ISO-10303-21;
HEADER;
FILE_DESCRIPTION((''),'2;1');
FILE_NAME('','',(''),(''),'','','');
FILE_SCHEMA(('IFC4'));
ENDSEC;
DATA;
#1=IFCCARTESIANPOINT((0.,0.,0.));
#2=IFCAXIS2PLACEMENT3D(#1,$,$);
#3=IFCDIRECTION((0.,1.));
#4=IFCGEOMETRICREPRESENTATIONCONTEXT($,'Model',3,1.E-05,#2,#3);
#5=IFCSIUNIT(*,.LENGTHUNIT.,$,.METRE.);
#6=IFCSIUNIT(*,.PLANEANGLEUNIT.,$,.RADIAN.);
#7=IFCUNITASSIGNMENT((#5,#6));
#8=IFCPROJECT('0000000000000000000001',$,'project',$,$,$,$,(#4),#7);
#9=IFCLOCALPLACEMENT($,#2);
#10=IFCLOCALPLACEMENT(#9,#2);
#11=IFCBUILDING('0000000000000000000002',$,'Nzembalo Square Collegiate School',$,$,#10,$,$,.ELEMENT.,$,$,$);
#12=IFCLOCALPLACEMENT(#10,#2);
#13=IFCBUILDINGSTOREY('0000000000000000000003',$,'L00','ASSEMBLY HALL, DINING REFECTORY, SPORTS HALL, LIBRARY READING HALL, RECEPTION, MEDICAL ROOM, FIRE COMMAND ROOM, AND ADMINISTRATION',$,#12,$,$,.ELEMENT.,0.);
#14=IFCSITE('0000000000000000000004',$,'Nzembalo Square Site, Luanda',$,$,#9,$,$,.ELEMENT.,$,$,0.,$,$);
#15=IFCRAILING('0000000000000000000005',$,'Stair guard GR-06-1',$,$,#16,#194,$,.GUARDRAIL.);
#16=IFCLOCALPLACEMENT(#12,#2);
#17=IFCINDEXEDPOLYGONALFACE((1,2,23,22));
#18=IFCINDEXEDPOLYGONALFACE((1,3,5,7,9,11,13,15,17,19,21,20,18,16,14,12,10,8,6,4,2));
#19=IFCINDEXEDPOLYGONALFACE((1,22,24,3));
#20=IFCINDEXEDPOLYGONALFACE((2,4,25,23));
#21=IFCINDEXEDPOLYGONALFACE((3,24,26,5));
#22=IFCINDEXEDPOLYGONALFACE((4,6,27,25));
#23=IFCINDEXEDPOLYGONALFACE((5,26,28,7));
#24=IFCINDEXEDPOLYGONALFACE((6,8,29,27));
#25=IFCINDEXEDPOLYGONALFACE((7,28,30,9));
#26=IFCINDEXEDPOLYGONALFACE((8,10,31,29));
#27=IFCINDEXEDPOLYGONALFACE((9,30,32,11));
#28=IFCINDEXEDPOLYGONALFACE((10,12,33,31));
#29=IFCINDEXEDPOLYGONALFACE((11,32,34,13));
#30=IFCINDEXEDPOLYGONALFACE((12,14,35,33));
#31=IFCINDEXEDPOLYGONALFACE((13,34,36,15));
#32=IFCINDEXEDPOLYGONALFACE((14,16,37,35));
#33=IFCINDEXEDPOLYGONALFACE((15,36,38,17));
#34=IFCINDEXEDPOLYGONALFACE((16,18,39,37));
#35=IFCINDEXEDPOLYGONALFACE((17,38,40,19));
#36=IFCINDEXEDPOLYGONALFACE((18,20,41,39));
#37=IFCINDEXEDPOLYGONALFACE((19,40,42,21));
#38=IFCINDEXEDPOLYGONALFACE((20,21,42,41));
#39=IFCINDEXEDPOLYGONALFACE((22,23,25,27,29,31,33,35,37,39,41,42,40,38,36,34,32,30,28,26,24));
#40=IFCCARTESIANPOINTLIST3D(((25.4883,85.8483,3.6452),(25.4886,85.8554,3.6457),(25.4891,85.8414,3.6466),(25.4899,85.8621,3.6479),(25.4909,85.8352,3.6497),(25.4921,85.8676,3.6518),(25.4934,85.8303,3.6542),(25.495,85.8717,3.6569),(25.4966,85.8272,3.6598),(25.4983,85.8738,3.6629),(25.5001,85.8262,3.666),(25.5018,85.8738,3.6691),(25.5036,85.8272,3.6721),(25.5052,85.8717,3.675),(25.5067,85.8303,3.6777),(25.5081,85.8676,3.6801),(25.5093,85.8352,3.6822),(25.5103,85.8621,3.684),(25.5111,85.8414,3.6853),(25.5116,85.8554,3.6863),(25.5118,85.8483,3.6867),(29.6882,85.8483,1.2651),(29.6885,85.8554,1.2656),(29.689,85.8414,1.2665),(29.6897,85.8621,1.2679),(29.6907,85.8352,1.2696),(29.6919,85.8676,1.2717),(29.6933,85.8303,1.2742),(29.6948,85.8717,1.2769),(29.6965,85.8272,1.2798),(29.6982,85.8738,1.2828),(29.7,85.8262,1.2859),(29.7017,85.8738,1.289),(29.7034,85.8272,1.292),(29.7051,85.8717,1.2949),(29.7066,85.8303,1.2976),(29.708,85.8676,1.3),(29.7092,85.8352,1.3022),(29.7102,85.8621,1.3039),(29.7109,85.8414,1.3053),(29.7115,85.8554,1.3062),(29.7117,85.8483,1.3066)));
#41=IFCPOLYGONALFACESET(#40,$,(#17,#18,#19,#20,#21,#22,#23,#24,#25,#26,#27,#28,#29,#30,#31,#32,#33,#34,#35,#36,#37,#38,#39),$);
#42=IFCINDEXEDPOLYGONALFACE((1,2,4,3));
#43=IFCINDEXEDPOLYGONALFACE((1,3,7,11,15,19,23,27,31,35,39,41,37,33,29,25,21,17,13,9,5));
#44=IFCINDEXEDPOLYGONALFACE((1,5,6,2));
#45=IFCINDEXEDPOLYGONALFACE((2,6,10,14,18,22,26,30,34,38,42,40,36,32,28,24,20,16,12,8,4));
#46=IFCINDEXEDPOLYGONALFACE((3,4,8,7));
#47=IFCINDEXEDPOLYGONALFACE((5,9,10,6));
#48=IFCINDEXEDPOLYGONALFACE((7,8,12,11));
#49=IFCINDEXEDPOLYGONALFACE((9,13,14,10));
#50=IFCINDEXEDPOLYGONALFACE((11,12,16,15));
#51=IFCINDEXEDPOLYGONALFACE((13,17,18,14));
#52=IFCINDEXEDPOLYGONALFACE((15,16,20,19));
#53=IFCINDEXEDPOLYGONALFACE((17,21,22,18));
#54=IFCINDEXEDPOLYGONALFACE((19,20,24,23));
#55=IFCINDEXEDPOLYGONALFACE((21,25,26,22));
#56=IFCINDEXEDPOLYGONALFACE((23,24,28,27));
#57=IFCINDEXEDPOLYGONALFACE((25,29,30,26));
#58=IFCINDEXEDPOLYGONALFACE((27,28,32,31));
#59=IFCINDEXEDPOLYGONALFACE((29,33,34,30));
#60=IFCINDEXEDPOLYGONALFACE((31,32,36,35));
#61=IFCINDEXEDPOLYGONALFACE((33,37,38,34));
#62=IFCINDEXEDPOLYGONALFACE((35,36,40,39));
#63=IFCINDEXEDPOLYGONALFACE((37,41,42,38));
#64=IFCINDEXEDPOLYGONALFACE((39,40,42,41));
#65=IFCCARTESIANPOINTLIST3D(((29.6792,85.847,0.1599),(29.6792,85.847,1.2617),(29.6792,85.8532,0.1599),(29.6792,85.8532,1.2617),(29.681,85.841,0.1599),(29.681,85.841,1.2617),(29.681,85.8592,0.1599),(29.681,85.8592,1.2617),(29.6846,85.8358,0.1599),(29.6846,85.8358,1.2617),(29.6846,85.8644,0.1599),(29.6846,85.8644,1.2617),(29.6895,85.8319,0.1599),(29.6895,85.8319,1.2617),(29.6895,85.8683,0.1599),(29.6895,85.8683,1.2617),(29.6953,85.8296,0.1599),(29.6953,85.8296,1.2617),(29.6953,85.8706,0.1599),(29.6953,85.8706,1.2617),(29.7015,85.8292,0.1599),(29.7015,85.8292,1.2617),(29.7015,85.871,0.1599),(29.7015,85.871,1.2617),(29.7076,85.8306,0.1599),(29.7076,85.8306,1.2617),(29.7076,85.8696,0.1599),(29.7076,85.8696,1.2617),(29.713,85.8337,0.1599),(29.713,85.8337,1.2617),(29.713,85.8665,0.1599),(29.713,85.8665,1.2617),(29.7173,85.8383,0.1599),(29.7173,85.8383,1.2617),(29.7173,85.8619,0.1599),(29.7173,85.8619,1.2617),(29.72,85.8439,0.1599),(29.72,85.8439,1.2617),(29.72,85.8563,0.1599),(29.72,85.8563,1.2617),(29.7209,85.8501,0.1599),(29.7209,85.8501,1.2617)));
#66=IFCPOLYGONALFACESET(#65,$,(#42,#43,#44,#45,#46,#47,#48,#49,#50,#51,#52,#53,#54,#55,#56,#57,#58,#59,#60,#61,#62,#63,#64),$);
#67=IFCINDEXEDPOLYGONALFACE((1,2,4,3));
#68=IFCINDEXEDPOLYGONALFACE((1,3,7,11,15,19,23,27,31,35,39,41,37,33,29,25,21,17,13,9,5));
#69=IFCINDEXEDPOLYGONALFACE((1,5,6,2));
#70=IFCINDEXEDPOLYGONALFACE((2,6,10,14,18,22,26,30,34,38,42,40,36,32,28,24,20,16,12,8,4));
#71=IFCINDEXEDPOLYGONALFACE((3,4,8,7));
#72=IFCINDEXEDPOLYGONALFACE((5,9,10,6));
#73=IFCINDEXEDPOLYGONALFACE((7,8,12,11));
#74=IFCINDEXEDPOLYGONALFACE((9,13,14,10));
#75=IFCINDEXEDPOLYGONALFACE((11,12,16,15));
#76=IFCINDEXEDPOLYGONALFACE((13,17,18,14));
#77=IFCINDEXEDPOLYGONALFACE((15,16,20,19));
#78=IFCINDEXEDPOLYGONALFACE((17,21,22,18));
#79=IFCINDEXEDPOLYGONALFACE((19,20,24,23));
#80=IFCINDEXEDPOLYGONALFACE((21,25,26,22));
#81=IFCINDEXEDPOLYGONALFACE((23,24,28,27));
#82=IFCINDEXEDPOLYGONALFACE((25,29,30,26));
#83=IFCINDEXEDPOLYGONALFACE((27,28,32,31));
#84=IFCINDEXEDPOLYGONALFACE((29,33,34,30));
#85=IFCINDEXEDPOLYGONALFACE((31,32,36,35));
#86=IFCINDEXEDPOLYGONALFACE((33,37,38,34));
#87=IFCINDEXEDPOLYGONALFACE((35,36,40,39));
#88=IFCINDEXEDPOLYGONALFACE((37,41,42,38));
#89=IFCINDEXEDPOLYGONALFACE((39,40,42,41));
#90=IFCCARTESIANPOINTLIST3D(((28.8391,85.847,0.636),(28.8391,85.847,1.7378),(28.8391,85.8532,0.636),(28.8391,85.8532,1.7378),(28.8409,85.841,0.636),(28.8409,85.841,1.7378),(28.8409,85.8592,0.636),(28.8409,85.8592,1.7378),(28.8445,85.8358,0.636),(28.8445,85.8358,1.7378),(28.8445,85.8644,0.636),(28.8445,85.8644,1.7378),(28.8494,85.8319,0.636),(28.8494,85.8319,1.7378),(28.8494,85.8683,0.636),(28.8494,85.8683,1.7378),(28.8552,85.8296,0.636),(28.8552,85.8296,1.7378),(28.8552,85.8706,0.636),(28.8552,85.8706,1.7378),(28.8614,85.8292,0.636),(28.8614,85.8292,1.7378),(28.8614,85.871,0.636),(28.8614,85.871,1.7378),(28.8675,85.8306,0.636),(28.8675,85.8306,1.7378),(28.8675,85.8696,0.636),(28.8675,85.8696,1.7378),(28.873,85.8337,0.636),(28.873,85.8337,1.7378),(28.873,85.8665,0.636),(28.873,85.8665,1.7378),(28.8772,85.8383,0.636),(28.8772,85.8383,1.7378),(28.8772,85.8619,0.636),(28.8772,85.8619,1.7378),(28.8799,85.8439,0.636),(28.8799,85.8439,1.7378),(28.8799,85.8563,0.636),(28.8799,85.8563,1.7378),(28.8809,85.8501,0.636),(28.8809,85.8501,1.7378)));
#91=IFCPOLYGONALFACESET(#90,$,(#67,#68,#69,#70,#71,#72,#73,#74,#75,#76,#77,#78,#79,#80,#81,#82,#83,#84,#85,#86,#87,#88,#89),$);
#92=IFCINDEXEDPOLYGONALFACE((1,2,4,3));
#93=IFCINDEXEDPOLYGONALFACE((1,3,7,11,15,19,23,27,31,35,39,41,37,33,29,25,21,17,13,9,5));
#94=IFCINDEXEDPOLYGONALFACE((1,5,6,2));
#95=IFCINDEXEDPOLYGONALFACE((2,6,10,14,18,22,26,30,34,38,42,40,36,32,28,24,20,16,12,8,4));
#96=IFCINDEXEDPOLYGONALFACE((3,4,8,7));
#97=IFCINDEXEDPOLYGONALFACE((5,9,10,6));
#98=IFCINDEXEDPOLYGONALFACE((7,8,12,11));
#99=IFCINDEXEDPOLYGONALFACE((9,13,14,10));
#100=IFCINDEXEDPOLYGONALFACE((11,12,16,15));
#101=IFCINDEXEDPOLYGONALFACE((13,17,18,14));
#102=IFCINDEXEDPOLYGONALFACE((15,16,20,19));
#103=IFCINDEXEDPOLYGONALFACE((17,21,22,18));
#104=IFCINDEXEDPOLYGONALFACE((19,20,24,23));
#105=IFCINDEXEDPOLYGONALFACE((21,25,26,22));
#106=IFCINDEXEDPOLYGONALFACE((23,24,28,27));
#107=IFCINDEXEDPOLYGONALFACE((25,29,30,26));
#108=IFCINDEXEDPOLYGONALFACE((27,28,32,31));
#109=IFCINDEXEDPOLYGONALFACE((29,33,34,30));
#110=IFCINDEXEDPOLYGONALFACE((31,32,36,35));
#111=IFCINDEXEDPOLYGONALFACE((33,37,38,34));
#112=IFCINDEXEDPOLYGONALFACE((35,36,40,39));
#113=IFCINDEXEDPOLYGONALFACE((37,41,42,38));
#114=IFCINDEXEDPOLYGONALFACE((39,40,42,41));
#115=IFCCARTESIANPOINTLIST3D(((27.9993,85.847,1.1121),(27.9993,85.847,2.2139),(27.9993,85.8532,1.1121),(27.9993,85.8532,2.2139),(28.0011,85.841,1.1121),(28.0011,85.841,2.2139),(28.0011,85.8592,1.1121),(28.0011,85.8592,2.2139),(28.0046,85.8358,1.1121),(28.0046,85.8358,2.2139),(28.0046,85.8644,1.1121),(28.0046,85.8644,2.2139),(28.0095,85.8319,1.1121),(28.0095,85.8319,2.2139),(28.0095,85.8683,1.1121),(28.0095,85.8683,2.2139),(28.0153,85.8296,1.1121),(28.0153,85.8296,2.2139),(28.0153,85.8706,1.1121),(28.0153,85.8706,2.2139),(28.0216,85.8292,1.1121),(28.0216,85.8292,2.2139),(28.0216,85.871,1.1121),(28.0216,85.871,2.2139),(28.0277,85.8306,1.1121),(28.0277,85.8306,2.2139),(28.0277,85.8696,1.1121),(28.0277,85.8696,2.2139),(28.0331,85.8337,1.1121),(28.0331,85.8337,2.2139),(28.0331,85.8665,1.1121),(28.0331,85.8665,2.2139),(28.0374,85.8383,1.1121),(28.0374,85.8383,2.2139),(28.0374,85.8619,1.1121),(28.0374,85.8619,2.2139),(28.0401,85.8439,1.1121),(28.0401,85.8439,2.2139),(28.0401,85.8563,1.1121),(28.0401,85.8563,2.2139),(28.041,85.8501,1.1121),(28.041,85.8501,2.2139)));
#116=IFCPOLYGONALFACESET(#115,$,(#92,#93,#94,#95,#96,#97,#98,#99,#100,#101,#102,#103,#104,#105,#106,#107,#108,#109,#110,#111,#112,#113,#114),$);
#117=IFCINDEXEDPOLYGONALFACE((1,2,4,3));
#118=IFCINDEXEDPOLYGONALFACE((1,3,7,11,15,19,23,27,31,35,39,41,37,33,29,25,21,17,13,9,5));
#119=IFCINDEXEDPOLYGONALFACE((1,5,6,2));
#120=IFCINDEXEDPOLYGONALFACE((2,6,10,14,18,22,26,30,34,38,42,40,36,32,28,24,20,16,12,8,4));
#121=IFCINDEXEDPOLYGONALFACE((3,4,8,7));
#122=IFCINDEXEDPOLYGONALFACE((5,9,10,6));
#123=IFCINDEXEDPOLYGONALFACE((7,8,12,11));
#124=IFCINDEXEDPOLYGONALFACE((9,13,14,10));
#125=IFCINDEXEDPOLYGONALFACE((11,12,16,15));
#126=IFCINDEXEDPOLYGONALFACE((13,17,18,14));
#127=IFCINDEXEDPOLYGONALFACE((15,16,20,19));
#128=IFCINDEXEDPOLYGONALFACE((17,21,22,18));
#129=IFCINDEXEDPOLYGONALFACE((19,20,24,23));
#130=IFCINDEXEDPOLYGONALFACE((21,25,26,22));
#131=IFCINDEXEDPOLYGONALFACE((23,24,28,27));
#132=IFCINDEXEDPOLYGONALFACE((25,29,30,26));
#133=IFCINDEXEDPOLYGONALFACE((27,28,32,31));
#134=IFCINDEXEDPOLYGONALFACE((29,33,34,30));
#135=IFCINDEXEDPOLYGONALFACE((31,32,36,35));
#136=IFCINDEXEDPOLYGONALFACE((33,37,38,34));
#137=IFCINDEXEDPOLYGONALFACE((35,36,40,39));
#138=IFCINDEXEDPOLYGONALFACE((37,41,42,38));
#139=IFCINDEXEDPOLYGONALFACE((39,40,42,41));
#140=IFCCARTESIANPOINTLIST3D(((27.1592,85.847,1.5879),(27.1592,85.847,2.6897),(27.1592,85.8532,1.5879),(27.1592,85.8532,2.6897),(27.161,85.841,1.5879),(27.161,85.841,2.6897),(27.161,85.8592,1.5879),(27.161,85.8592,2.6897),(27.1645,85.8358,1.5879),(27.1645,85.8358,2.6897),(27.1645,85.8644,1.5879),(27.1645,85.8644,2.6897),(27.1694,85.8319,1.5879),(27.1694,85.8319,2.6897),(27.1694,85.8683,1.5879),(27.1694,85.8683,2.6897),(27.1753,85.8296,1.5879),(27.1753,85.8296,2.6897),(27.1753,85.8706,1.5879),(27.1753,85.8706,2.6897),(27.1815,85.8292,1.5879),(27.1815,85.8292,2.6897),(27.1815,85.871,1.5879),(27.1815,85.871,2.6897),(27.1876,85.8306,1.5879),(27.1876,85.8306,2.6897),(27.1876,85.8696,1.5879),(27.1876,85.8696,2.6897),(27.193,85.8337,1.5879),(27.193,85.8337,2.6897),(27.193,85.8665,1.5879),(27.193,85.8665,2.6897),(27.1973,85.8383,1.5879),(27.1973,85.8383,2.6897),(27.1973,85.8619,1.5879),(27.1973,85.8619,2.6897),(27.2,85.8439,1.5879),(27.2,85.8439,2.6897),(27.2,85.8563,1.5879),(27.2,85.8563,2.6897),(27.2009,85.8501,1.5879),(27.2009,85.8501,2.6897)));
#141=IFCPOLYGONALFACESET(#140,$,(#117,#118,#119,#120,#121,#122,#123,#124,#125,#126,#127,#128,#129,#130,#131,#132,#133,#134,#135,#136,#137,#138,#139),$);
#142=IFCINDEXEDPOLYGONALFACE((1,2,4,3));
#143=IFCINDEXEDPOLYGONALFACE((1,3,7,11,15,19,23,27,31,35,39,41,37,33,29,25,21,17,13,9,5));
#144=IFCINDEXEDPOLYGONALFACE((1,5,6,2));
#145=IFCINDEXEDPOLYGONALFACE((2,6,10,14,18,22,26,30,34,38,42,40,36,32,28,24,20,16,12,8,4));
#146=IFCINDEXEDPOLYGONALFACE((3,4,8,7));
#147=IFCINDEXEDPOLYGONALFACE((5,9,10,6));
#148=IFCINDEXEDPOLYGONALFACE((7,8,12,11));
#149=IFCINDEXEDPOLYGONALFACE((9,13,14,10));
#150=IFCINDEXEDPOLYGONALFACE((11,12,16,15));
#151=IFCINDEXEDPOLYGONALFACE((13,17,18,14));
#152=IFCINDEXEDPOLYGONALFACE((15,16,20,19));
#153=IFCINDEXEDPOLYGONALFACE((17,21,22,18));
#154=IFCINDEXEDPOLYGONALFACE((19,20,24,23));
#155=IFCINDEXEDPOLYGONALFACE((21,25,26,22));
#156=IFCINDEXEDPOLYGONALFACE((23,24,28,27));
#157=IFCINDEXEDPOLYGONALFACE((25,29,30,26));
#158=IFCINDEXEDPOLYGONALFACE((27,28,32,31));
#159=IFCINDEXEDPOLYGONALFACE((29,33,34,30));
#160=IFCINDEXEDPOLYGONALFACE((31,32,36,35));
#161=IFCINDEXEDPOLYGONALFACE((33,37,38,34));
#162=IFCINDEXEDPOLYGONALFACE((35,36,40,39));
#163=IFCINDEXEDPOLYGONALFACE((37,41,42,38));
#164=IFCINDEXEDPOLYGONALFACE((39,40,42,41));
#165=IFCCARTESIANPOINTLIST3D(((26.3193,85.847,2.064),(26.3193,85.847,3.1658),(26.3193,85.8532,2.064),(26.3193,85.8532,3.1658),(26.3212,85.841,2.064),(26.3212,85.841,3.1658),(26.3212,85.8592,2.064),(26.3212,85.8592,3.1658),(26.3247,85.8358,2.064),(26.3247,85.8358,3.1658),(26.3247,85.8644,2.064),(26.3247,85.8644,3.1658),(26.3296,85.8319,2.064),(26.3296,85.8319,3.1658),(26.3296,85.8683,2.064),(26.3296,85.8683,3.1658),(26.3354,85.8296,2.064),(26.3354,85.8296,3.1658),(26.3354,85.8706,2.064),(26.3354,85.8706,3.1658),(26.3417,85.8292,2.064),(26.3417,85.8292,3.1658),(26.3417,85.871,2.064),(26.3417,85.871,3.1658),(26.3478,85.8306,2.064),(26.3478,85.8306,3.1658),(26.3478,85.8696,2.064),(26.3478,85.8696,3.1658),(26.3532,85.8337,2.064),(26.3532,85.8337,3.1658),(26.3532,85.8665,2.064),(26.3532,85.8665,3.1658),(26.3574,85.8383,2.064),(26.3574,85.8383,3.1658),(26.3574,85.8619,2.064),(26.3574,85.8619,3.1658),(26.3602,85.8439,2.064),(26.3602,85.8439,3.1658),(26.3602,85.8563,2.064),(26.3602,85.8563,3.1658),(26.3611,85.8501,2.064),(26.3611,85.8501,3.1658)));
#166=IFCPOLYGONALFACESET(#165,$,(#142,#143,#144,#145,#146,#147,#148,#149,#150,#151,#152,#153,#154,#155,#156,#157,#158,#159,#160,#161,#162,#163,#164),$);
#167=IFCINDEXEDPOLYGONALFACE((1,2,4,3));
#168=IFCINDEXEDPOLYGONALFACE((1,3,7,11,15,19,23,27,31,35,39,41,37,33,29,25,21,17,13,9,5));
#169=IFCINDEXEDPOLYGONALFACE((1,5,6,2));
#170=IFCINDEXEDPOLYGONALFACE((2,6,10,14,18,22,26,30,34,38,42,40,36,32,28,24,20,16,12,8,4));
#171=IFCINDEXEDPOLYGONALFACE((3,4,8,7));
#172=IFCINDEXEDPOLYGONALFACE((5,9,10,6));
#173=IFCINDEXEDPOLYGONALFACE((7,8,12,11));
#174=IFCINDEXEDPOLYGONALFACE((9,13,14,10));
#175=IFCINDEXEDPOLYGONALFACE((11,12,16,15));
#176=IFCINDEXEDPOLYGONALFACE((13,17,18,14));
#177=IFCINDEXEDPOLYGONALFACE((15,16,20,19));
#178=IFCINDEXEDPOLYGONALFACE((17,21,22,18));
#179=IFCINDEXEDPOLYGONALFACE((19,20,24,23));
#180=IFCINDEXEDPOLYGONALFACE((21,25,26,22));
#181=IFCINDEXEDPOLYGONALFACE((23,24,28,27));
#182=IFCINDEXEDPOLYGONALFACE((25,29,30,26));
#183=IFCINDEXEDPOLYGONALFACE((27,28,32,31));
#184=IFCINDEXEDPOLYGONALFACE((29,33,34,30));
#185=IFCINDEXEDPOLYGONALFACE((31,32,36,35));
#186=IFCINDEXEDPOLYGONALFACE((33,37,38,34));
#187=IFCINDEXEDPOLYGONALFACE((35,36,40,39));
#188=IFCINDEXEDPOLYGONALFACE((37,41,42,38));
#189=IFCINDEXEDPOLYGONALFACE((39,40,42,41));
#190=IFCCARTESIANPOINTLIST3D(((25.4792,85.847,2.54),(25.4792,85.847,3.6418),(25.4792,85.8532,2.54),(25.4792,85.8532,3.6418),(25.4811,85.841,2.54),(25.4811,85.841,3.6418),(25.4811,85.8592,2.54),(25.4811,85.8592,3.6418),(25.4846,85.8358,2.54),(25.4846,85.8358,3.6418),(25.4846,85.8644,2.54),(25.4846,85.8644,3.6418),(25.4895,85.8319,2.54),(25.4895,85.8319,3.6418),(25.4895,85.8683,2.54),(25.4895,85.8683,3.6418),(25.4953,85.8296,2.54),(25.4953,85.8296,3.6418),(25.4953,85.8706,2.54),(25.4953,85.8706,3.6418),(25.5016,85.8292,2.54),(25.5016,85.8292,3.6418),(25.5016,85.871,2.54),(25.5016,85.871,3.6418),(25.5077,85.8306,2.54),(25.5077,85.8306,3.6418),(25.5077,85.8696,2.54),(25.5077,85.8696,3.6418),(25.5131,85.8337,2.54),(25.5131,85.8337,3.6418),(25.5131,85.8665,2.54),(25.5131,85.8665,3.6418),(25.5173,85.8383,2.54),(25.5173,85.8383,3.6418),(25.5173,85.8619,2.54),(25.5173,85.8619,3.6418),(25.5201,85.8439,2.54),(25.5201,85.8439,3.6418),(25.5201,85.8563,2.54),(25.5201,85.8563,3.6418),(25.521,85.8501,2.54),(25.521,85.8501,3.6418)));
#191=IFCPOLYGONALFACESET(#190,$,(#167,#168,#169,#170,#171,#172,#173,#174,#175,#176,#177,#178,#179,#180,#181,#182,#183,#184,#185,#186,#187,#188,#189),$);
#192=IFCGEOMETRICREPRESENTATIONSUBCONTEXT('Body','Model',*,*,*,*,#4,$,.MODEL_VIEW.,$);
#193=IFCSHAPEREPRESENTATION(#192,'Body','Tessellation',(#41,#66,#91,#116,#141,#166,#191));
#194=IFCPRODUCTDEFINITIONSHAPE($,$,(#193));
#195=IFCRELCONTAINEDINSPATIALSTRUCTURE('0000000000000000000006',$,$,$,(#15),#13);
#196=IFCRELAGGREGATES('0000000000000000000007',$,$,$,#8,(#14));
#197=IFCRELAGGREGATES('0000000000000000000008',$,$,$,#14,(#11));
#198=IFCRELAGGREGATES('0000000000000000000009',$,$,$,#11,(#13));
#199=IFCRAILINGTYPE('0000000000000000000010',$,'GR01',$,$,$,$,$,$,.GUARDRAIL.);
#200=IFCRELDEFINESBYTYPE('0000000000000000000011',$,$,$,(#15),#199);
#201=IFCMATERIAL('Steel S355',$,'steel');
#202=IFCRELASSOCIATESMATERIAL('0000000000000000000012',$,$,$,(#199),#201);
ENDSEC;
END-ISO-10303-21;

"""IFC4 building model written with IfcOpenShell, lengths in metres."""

from ifc_helpers import new_model, si_unit, direction, frame, origin, origin_2d, place, context, subcontext, project, spatial, circle, extrude, material, type_object, element, save


model = new_model("IFC4")

# Units and contexts
model_context = context("Model", 3, precision=1e-05, world=origin(), true_north=direction((0.0, 1.0)))
body_context = subcontext(model_context, "Body", "Model", "MODEL_VIEW")
ifc_project = project(units=[si_unit("LENGTHUNIT", "METRE"), si_unit("PLANEANGLEUNIT", "RADIAN")], contexts=[model_context])

# Site, building, storey
site_placement = place(None, origin())
site = spatial("IfcSite", under=ifc_project, at=site_placement, Name="Nzembalo Square Site, Luanda", CompositionType="ELEMENT", RefElevation=0.0)
building_placement = place(site_placement, origin())
building = spatial("IfcBuilding", under=site, at=building_placement, Name="Nzembalo Square Collegiate School", CompositionType="ELEMENT")
storey_placement = place(building_placement, origin())
storey = spatial("IfcBuildingStorey", under=building, at=storey_placement, Name="L00", Description="ASSEMBLY HALL, DINING REFECTORY, SPORTS HALL, LIBRARY READING HALL, RECEPTION, MEDICAL ROOM, FIRE COMMAND ROOM, AND ADMINISTRATION", CompositionType="ELEMENT", Elevation=0.0)

# Railing
ifc_material_1 = material(Name="Steel S355", Category="steel")
railing_type_1 = type_object("IfcRailingType", Name="GR01", PredefinedType="GUARDRAIL", material=ifc_material_1)
railing_1_placement = place(storey_placement, frame((29.7, 85.8501, 0.1599)))
element("IfcRailing", 1, at=railing_1_placement, inside=storey, type_object=railing_type_1, Name="Stair guard GR-06-1", PredefinedType="GUARDRAIL", context=body_context, shape_type="SweptSolid", body=[
    extrude(circle(Radius=0.0239, at=origin_2d()), frame((0.0, 0.0, 1.126), z_axis=(-0.870008, 0.0, 0.493037), x_axis=(0.0, -1.0, 0.0)), (0.0, 0.0, 1.0), 4.8274),
    extrude(circle(Radius=0.021, at=origin_2d()), origin(), (0.0, 0.0, 1.0), 1.1018),
    extrude(circle(Radius=0.021, at=origin_2d()), frame((-0.8401, 0.0, 0.4761)), (0.0, 0.0, 1.0), 1.1018),
    extrude(circle(Radius=0.021, at=origin_2d()), frame((-1.6799, 0.0, 0.9521)), (0.0, 0.0, 1.0), 1.1018),
    extrude(circle(Radius=0.021, at=origin_2d()), frame((-2.52, 0.0, 1.428)), (0.0, 0.0, 1.0), 1.1018),
    extrude(circle(Radius=0.021, at=origin_2d()), frame((-3.3599, 0.0, 1.9041)), (0.0, 0.0, 1.0), 1.1018),
    extrude(circle(Radius=0.021, at=origin_2d()), frame((-4.2, 0.0, 2.3801)), (0.0, 0.0, 1.0), 1.1018),
])

save(model, "model.ifc")
